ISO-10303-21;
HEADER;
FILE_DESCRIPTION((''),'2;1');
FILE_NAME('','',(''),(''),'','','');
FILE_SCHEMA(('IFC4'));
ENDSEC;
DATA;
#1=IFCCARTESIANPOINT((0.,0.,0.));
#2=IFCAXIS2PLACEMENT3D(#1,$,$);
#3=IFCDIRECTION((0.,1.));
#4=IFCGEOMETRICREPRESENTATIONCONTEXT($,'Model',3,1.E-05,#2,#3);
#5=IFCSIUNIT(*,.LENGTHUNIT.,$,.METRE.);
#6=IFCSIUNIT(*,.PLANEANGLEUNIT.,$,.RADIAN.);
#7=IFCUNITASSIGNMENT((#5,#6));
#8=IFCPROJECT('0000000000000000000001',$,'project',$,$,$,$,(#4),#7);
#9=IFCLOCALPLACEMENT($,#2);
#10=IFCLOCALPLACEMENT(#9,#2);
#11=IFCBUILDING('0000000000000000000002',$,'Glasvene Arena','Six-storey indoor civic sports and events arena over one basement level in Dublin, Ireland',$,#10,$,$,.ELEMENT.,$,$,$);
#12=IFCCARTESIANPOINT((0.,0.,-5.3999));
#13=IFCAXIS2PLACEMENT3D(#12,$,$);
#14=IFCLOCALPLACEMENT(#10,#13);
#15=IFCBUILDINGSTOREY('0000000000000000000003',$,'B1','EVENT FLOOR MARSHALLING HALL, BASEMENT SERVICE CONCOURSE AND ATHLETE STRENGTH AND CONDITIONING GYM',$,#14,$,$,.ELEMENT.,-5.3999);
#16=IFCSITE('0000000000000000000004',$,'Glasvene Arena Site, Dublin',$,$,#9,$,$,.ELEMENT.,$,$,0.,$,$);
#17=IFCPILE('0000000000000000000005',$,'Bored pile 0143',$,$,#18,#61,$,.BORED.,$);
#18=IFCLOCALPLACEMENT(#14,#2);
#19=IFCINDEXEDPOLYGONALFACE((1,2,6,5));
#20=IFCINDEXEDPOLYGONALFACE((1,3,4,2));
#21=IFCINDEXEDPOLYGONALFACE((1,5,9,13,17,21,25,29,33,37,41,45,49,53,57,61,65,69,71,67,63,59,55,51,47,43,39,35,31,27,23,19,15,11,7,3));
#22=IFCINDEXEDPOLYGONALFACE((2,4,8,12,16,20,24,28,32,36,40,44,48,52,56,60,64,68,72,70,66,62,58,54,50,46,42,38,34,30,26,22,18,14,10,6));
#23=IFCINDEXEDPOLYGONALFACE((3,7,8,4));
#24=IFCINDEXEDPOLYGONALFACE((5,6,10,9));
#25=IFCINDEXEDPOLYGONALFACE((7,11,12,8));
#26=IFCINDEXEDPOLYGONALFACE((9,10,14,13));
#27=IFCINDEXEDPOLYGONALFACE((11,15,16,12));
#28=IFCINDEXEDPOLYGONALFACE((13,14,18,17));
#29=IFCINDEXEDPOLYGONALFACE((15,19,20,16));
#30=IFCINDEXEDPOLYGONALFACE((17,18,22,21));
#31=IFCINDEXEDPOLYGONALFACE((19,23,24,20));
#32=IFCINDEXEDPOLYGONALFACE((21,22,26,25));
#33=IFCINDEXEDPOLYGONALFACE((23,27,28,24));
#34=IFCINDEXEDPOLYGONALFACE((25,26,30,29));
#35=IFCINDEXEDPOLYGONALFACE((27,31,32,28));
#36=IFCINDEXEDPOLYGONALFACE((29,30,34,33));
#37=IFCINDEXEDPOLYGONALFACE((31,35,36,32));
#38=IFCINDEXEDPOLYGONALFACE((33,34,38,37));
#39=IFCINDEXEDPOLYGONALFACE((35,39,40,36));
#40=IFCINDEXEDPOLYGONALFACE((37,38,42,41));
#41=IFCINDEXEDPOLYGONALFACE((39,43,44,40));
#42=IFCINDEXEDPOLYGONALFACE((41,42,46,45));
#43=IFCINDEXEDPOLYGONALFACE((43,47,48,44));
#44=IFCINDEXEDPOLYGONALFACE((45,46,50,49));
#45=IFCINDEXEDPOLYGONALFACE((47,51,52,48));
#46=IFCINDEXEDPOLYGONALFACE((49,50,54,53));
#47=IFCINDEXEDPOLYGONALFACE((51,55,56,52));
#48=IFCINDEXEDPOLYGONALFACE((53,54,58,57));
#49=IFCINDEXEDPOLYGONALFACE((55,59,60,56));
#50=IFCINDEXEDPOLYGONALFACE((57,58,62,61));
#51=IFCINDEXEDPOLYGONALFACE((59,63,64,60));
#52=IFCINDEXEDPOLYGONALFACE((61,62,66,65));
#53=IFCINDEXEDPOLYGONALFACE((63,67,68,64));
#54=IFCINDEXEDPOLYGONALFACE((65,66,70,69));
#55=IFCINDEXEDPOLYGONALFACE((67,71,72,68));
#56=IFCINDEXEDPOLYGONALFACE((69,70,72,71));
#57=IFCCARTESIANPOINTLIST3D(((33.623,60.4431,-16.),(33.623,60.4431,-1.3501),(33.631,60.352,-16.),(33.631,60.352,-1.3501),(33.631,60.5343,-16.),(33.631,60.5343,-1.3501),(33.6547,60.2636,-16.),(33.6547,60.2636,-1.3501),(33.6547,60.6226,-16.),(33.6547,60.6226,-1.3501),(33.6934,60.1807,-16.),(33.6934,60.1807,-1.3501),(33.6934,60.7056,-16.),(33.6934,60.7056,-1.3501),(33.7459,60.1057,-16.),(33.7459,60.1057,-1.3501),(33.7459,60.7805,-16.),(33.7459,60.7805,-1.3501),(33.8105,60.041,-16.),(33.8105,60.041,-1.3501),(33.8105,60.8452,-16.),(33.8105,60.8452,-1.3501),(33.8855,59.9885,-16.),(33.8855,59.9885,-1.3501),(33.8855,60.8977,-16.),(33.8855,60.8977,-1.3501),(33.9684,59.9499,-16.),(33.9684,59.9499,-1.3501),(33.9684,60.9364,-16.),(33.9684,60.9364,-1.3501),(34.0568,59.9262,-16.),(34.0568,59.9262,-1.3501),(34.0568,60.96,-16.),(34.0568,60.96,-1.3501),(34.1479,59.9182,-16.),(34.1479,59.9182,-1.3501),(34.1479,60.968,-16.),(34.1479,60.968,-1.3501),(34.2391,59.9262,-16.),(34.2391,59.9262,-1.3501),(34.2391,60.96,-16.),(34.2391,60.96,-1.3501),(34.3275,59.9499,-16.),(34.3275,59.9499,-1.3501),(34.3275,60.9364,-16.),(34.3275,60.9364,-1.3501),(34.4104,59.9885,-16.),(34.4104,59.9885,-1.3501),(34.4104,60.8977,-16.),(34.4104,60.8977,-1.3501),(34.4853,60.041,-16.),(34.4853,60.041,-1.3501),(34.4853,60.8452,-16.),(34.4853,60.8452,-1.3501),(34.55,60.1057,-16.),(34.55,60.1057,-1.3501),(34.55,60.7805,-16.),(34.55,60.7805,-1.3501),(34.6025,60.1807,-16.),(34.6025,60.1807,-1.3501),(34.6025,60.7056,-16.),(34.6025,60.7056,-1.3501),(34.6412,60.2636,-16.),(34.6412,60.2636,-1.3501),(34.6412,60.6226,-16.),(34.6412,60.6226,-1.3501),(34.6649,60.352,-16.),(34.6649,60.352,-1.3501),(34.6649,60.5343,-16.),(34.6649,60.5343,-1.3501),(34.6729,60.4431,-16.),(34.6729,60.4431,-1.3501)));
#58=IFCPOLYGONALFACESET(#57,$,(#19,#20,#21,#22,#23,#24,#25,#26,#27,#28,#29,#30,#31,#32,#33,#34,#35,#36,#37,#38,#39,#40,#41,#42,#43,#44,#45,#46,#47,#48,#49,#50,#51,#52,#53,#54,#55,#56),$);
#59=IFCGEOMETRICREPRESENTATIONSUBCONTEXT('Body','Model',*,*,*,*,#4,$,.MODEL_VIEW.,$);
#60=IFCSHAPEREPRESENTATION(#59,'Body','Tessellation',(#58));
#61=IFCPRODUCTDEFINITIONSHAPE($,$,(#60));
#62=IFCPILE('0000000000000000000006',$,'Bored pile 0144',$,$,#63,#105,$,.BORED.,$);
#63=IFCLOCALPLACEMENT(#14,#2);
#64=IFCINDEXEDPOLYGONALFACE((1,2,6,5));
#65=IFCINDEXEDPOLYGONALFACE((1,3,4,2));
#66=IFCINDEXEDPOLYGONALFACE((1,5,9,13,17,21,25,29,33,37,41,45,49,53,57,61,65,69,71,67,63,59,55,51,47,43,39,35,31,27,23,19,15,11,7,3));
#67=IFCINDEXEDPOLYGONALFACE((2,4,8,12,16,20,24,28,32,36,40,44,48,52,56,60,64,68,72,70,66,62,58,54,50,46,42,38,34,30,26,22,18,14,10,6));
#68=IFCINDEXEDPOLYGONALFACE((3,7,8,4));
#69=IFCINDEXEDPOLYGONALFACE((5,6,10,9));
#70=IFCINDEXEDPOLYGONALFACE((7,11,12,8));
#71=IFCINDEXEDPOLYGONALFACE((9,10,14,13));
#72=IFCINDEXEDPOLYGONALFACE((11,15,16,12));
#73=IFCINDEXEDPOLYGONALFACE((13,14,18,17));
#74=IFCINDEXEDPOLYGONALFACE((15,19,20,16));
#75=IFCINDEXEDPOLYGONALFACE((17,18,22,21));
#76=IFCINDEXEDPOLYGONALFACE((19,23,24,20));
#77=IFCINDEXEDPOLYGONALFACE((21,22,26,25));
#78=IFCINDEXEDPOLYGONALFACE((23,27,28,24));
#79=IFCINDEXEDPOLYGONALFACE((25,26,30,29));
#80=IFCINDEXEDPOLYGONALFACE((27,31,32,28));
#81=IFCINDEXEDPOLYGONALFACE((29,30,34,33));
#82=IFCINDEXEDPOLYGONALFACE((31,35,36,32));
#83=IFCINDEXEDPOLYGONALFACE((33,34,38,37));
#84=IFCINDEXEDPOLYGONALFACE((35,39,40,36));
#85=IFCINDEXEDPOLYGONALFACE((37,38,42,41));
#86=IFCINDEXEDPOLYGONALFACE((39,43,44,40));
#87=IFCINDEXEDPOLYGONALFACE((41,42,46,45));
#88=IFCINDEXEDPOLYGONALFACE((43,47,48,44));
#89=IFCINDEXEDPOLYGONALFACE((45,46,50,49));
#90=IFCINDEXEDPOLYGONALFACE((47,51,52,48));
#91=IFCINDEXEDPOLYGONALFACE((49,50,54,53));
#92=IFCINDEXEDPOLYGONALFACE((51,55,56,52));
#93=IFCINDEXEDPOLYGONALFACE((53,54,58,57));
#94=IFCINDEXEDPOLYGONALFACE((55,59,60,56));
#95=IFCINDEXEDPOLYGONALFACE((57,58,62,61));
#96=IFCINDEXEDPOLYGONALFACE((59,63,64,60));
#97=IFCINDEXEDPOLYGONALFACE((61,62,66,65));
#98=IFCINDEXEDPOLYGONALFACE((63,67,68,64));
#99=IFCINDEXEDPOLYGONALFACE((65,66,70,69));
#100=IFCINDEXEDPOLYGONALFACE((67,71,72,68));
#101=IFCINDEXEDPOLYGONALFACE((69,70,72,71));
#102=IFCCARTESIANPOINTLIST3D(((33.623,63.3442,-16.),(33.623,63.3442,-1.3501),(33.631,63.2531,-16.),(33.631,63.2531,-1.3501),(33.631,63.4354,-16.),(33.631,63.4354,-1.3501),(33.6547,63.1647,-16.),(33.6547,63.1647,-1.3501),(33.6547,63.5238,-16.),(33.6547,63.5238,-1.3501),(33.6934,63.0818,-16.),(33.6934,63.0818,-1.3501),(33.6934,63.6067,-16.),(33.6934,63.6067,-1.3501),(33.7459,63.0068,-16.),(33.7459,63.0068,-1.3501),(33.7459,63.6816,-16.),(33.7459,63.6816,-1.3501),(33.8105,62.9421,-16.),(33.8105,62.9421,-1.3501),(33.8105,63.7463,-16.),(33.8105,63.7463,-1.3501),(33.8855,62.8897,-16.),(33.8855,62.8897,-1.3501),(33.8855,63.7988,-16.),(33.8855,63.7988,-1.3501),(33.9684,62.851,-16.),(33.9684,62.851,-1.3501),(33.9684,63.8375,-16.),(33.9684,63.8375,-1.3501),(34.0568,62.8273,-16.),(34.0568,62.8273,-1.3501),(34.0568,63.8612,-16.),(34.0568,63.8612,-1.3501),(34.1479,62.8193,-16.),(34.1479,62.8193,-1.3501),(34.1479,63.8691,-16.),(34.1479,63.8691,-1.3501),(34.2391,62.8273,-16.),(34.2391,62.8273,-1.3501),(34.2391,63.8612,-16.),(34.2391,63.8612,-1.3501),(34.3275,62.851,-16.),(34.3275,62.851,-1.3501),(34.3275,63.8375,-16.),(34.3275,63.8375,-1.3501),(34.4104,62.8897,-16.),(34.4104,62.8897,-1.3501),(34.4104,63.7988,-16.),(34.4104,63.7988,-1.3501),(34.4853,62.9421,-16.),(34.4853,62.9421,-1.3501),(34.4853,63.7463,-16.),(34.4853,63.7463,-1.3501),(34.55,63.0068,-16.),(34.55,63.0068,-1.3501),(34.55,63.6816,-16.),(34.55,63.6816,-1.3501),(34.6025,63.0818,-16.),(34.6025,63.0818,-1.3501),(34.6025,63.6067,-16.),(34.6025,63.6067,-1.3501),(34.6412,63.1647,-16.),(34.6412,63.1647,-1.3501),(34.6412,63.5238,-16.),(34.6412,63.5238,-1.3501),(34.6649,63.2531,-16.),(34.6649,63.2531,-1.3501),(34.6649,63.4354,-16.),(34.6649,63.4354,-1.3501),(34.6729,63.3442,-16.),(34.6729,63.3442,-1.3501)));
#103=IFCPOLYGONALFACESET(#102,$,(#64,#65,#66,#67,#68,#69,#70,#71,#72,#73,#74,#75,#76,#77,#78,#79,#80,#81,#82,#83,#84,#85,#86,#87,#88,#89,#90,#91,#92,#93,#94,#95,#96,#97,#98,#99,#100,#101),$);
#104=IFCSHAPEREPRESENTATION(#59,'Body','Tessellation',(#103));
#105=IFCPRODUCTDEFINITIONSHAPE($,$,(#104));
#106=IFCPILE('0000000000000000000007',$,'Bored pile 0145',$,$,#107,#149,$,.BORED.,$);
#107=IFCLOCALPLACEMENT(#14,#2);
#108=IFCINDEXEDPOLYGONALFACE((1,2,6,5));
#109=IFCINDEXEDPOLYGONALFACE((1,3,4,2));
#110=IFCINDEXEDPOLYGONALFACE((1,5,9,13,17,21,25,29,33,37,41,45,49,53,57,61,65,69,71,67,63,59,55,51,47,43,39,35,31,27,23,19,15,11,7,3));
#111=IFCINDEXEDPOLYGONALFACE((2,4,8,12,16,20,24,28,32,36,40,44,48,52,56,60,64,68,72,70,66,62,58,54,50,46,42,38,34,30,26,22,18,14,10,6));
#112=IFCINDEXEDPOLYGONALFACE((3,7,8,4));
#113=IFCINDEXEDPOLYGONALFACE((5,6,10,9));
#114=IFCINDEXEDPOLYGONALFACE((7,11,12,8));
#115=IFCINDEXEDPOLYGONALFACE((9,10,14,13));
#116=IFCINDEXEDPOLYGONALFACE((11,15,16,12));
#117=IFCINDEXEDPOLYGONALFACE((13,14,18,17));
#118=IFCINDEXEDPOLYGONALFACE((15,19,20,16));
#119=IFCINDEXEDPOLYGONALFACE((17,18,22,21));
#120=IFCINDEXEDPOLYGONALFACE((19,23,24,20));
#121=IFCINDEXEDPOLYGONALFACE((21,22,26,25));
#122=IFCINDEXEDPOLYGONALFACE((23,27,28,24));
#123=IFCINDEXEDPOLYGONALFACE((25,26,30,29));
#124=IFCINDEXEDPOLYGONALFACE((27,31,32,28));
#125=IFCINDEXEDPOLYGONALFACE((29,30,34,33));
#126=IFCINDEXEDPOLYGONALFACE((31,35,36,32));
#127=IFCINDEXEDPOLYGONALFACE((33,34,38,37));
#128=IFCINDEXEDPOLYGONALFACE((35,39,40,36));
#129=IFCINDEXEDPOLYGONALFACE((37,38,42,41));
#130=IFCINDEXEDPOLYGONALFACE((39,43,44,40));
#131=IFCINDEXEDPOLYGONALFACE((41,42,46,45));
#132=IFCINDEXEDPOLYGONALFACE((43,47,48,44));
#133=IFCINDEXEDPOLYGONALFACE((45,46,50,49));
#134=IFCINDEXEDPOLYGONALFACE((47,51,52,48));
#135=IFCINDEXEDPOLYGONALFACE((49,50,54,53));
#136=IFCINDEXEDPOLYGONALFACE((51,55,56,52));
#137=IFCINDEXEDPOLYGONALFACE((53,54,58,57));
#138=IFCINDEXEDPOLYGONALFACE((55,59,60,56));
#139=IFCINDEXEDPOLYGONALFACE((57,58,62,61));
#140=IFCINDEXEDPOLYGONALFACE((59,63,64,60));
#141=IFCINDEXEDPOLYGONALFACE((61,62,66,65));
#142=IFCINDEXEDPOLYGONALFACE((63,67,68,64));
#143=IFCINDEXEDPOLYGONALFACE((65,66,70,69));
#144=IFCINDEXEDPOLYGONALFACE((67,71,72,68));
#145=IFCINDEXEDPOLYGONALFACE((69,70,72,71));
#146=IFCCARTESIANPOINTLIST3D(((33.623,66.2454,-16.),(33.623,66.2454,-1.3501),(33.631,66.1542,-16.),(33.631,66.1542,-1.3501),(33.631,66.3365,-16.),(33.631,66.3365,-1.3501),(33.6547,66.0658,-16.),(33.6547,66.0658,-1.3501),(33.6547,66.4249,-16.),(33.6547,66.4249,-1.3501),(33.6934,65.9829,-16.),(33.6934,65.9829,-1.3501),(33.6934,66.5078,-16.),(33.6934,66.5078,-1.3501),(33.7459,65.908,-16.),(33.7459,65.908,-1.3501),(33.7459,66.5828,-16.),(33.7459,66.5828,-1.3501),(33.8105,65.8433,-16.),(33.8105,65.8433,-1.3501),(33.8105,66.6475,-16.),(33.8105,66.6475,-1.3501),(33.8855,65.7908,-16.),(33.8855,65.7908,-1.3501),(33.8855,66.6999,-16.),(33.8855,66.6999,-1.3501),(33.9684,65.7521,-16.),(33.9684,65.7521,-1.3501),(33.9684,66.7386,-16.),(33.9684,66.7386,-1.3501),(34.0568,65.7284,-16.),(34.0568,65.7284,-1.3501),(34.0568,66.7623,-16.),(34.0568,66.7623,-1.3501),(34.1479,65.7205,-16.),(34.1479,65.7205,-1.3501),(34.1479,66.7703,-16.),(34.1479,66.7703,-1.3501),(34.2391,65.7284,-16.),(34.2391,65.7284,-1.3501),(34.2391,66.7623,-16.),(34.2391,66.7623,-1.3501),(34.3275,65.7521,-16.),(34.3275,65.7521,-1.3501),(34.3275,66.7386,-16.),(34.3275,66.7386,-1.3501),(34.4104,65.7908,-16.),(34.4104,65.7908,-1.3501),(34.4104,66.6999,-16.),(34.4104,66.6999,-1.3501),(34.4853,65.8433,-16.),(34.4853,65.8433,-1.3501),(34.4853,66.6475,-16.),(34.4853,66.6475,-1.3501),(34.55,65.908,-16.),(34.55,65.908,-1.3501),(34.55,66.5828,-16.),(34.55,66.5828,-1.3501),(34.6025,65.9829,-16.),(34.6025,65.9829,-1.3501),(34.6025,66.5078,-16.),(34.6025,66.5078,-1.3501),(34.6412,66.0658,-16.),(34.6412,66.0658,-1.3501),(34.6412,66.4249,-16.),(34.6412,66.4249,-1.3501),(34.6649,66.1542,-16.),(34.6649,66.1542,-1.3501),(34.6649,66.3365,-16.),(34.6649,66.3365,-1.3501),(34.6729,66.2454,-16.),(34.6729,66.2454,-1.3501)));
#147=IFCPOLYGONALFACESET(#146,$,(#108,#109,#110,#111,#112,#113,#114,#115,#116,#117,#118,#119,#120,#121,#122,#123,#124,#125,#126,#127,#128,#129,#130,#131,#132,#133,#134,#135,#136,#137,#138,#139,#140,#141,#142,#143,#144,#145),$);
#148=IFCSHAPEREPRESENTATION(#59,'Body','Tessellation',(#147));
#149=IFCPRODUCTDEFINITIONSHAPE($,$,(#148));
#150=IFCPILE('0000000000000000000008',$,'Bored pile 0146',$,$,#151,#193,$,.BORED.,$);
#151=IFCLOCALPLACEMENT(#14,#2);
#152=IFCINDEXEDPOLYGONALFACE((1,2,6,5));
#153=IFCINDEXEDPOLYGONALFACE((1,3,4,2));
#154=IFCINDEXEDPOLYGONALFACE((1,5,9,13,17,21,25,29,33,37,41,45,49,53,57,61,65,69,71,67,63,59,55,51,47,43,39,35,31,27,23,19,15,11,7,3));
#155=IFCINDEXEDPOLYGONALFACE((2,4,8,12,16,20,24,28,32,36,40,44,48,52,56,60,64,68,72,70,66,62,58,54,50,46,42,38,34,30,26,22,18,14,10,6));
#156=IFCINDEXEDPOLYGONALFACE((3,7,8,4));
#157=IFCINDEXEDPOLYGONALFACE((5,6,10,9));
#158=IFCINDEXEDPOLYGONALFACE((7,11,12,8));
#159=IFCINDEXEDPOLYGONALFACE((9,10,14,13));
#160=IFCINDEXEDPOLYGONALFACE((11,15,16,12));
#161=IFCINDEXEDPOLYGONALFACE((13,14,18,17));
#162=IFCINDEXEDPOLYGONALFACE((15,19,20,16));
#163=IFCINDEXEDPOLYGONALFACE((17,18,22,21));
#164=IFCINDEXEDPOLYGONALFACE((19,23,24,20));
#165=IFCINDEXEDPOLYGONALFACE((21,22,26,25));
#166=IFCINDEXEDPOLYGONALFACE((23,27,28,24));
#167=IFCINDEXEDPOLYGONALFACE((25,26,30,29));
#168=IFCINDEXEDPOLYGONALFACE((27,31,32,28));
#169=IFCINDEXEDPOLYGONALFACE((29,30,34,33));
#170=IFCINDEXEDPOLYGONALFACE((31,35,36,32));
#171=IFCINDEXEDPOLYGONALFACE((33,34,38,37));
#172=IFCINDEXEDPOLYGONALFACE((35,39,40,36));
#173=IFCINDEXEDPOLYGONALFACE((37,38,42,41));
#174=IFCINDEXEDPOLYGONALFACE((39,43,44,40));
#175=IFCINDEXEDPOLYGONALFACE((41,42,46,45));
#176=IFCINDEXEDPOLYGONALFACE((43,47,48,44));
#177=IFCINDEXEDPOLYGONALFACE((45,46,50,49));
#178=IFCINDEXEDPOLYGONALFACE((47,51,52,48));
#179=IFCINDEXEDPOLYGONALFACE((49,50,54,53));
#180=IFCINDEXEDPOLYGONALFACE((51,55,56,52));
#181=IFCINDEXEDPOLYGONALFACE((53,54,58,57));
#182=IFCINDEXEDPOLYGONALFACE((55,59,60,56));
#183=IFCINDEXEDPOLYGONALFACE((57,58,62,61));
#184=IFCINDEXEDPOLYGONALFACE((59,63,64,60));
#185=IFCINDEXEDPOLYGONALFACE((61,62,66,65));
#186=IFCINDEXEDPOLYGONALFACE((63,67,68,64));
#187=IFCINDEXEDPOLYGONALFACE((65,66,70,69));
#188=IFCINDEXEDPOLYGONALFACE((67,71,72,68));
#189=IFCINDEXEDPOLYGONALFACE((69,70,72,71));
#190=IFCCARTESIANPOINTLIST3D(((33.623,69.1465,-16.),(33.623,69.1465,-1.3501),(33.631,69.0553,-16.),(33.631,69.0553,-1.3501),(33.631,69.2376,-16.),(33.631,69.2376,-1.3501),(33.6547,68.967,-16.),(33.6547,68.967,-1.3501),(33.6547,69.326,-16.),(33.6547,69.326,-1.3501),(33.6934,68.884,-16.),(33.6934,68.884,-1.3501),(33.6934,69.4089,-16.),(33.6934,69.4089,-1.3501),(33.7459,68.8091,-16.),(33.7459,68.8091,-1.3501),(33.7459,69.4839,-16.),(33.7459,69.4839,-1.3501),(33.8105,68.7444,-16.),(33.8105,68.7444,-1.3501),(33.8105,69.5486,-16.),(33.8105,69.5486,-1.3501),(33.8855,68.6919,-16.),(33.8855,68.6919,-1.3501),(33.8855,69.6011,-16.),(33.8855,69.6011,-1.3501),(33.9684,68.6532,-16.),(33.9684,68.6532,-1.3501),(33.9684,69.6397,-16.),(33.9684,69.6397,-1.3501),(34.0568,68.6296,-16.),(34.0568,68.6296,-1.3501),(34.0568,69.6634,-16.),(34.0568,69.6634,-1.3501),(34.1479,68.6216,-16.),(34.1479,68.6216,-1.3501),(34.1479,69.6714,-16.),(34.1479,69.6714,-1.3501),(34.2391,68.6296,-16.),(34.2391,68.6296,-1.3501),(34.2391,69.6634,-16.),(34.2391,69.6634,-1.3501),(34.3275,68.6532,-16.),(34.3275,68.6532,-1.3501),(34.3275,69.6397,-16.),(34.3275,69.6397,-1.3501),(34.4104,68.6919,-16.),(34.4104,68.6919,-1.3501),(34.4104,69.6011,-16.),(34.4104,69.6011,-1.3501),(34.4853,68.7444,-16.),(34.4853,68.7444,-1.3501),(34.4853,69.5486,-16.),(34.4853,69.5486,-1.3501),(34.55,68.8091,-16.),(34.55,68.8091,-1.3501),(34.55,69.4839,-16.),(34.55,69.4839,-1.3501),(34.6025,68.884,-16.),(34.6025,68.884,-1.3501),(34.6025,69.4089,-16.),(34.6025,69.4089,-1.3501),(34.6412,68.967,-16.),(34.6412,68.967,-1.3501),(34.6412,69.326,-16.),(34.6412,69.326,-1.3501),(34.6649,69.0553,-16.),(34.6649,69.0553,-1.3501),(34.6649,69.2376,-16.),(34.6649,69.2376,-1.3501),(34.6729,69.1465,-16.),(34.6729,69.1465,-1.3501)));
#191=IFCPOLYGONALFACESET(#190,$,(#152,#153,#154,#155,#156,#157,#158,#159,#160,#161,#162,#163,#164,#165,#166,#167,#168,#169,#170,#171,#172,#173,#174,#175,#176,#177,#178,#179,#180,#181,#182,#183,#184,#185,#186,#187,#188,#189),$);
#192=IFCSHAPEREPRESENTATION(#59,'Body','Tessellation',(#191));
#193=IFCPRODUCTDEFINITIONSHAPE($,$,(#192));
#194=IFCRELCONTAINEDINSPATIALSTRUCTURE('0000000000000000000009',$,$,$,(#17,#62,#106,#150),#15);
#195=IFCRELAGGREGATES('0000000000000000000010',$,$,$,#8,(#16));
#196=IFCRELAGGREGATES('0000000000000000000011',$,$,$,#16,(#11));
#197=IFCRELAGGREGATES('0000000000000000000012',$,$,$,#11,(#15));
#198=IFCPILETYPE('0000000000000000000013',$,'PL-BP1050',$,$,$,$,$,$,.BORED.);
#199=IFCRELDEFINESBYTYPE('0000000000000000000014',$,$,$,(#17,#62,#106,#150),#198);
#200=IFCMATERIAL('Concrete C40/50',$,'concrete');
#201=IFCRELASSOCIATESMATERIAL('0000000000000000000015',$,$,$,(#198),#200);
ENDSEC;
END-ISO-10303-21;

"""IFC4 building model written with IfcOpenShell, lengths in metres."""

from ifc_helpers import new_model, si_unit, direction, frame, origin, origin_2d, place, context, subcontext, project, spatial, circle, extrude, material, material_profile, profile_set, type_object, element, save


model = new_model("IFC4")

# Units and contexts
model_context = context("Model", 3, precision=1e-05, world=origin(), true_north=direction((0.0, 1.0)))
body_context = subcontext(model_context, "Body", "Model", "MODEL_VIEW")
ifc_project = project(units=[si_unit("LENGTHUNIT", "METRE"), si_unit("PLANEANGLEUNIT", "RADIAN")], contexts=[model_context])

# Site, building, storey
site_placement = place(None, origin())
site = spatial("IfcSite", under=ifc_project, at=site_placement, Name="Glasvene Arena Site, Dublin", CompositionType="ELEMENT", RefElevation=0.0)
building_placement = place(site_placement, origin())
building = spatial("IfcBuilding", under=site, at=building_placement, Name="Glasvene Arena", Description="Six-storey indoor civic sports and events arena over one basement level in Dublin, Ireland", CompositionType="ELEMENT")
storey_placement = place(building_placement, frame((0.0, 0.0, -5.3999)))
storey = spatial("IfcBuildingStorey", under=building, at=storey_placement, Name="B1", Description="EVENT FLOOR MARSHALLING HALL, BASEMENT SERVICE CONCOURSE AND ATHLETE STRENGTH AND CONDITIONING GYM", CompositionType="ELEMENT", Elevation=-5.3999)

# Piles
ifc_material_1 = material(Name="Concrete C40/50", Category="concrete")
ifc_material_profile = material_profile(ifc_material_1, circle(Radius=0.5249, at=origin_2d()), Name="BORED PILE 1050")
ifc_profile_set = profile_set([ifc_material_profile], Name="Concrete C40/50")
pile_type = type_object("IfcPileType", Name="PL-BP1050", PredefinedType="BORED", material=ifc_profile_set)
for number, where, z_axis, x_axis, name in (
    (1, (34.1479, 60.4431, -1.3501), (0.0, 0.0, -1.0), (1.0, 0.0, 0.0), "Bored pile 0143"),
    (2, (34.1479, 63.3442, -1.3501), (0.0, 0.0, -1.0), (1.0, 0.0, 0.0), "Bored pile 0144"),
    (3, (34.1479, 66.2454, -1.3501), (0.0, 0.0, -1.0), (1.0, 0.0, 0.0), "Bored pile 0145"),
    (4, (34.1479, 69.1465, -1.3501), (0.0, 0.0, -1.0), (1.0, 0.0, 0.0), "Bored pile 0146"),
):
    element("IfcPile", number, at=place(storey_placement, frame(where, z_axis=z_axis, x_axis=x_axis)), inside=storey, type_object=pile_type, Name=name, PredefinedType="BORED", context=body_context, shape_type="SweptSolid", body=[
        extrude(circle(Radius=0.5249, at=origin_2d()), origin(), (0.0, 0.0, 1.0), 14.6499),
    ])

save(model, "model.ifc")
